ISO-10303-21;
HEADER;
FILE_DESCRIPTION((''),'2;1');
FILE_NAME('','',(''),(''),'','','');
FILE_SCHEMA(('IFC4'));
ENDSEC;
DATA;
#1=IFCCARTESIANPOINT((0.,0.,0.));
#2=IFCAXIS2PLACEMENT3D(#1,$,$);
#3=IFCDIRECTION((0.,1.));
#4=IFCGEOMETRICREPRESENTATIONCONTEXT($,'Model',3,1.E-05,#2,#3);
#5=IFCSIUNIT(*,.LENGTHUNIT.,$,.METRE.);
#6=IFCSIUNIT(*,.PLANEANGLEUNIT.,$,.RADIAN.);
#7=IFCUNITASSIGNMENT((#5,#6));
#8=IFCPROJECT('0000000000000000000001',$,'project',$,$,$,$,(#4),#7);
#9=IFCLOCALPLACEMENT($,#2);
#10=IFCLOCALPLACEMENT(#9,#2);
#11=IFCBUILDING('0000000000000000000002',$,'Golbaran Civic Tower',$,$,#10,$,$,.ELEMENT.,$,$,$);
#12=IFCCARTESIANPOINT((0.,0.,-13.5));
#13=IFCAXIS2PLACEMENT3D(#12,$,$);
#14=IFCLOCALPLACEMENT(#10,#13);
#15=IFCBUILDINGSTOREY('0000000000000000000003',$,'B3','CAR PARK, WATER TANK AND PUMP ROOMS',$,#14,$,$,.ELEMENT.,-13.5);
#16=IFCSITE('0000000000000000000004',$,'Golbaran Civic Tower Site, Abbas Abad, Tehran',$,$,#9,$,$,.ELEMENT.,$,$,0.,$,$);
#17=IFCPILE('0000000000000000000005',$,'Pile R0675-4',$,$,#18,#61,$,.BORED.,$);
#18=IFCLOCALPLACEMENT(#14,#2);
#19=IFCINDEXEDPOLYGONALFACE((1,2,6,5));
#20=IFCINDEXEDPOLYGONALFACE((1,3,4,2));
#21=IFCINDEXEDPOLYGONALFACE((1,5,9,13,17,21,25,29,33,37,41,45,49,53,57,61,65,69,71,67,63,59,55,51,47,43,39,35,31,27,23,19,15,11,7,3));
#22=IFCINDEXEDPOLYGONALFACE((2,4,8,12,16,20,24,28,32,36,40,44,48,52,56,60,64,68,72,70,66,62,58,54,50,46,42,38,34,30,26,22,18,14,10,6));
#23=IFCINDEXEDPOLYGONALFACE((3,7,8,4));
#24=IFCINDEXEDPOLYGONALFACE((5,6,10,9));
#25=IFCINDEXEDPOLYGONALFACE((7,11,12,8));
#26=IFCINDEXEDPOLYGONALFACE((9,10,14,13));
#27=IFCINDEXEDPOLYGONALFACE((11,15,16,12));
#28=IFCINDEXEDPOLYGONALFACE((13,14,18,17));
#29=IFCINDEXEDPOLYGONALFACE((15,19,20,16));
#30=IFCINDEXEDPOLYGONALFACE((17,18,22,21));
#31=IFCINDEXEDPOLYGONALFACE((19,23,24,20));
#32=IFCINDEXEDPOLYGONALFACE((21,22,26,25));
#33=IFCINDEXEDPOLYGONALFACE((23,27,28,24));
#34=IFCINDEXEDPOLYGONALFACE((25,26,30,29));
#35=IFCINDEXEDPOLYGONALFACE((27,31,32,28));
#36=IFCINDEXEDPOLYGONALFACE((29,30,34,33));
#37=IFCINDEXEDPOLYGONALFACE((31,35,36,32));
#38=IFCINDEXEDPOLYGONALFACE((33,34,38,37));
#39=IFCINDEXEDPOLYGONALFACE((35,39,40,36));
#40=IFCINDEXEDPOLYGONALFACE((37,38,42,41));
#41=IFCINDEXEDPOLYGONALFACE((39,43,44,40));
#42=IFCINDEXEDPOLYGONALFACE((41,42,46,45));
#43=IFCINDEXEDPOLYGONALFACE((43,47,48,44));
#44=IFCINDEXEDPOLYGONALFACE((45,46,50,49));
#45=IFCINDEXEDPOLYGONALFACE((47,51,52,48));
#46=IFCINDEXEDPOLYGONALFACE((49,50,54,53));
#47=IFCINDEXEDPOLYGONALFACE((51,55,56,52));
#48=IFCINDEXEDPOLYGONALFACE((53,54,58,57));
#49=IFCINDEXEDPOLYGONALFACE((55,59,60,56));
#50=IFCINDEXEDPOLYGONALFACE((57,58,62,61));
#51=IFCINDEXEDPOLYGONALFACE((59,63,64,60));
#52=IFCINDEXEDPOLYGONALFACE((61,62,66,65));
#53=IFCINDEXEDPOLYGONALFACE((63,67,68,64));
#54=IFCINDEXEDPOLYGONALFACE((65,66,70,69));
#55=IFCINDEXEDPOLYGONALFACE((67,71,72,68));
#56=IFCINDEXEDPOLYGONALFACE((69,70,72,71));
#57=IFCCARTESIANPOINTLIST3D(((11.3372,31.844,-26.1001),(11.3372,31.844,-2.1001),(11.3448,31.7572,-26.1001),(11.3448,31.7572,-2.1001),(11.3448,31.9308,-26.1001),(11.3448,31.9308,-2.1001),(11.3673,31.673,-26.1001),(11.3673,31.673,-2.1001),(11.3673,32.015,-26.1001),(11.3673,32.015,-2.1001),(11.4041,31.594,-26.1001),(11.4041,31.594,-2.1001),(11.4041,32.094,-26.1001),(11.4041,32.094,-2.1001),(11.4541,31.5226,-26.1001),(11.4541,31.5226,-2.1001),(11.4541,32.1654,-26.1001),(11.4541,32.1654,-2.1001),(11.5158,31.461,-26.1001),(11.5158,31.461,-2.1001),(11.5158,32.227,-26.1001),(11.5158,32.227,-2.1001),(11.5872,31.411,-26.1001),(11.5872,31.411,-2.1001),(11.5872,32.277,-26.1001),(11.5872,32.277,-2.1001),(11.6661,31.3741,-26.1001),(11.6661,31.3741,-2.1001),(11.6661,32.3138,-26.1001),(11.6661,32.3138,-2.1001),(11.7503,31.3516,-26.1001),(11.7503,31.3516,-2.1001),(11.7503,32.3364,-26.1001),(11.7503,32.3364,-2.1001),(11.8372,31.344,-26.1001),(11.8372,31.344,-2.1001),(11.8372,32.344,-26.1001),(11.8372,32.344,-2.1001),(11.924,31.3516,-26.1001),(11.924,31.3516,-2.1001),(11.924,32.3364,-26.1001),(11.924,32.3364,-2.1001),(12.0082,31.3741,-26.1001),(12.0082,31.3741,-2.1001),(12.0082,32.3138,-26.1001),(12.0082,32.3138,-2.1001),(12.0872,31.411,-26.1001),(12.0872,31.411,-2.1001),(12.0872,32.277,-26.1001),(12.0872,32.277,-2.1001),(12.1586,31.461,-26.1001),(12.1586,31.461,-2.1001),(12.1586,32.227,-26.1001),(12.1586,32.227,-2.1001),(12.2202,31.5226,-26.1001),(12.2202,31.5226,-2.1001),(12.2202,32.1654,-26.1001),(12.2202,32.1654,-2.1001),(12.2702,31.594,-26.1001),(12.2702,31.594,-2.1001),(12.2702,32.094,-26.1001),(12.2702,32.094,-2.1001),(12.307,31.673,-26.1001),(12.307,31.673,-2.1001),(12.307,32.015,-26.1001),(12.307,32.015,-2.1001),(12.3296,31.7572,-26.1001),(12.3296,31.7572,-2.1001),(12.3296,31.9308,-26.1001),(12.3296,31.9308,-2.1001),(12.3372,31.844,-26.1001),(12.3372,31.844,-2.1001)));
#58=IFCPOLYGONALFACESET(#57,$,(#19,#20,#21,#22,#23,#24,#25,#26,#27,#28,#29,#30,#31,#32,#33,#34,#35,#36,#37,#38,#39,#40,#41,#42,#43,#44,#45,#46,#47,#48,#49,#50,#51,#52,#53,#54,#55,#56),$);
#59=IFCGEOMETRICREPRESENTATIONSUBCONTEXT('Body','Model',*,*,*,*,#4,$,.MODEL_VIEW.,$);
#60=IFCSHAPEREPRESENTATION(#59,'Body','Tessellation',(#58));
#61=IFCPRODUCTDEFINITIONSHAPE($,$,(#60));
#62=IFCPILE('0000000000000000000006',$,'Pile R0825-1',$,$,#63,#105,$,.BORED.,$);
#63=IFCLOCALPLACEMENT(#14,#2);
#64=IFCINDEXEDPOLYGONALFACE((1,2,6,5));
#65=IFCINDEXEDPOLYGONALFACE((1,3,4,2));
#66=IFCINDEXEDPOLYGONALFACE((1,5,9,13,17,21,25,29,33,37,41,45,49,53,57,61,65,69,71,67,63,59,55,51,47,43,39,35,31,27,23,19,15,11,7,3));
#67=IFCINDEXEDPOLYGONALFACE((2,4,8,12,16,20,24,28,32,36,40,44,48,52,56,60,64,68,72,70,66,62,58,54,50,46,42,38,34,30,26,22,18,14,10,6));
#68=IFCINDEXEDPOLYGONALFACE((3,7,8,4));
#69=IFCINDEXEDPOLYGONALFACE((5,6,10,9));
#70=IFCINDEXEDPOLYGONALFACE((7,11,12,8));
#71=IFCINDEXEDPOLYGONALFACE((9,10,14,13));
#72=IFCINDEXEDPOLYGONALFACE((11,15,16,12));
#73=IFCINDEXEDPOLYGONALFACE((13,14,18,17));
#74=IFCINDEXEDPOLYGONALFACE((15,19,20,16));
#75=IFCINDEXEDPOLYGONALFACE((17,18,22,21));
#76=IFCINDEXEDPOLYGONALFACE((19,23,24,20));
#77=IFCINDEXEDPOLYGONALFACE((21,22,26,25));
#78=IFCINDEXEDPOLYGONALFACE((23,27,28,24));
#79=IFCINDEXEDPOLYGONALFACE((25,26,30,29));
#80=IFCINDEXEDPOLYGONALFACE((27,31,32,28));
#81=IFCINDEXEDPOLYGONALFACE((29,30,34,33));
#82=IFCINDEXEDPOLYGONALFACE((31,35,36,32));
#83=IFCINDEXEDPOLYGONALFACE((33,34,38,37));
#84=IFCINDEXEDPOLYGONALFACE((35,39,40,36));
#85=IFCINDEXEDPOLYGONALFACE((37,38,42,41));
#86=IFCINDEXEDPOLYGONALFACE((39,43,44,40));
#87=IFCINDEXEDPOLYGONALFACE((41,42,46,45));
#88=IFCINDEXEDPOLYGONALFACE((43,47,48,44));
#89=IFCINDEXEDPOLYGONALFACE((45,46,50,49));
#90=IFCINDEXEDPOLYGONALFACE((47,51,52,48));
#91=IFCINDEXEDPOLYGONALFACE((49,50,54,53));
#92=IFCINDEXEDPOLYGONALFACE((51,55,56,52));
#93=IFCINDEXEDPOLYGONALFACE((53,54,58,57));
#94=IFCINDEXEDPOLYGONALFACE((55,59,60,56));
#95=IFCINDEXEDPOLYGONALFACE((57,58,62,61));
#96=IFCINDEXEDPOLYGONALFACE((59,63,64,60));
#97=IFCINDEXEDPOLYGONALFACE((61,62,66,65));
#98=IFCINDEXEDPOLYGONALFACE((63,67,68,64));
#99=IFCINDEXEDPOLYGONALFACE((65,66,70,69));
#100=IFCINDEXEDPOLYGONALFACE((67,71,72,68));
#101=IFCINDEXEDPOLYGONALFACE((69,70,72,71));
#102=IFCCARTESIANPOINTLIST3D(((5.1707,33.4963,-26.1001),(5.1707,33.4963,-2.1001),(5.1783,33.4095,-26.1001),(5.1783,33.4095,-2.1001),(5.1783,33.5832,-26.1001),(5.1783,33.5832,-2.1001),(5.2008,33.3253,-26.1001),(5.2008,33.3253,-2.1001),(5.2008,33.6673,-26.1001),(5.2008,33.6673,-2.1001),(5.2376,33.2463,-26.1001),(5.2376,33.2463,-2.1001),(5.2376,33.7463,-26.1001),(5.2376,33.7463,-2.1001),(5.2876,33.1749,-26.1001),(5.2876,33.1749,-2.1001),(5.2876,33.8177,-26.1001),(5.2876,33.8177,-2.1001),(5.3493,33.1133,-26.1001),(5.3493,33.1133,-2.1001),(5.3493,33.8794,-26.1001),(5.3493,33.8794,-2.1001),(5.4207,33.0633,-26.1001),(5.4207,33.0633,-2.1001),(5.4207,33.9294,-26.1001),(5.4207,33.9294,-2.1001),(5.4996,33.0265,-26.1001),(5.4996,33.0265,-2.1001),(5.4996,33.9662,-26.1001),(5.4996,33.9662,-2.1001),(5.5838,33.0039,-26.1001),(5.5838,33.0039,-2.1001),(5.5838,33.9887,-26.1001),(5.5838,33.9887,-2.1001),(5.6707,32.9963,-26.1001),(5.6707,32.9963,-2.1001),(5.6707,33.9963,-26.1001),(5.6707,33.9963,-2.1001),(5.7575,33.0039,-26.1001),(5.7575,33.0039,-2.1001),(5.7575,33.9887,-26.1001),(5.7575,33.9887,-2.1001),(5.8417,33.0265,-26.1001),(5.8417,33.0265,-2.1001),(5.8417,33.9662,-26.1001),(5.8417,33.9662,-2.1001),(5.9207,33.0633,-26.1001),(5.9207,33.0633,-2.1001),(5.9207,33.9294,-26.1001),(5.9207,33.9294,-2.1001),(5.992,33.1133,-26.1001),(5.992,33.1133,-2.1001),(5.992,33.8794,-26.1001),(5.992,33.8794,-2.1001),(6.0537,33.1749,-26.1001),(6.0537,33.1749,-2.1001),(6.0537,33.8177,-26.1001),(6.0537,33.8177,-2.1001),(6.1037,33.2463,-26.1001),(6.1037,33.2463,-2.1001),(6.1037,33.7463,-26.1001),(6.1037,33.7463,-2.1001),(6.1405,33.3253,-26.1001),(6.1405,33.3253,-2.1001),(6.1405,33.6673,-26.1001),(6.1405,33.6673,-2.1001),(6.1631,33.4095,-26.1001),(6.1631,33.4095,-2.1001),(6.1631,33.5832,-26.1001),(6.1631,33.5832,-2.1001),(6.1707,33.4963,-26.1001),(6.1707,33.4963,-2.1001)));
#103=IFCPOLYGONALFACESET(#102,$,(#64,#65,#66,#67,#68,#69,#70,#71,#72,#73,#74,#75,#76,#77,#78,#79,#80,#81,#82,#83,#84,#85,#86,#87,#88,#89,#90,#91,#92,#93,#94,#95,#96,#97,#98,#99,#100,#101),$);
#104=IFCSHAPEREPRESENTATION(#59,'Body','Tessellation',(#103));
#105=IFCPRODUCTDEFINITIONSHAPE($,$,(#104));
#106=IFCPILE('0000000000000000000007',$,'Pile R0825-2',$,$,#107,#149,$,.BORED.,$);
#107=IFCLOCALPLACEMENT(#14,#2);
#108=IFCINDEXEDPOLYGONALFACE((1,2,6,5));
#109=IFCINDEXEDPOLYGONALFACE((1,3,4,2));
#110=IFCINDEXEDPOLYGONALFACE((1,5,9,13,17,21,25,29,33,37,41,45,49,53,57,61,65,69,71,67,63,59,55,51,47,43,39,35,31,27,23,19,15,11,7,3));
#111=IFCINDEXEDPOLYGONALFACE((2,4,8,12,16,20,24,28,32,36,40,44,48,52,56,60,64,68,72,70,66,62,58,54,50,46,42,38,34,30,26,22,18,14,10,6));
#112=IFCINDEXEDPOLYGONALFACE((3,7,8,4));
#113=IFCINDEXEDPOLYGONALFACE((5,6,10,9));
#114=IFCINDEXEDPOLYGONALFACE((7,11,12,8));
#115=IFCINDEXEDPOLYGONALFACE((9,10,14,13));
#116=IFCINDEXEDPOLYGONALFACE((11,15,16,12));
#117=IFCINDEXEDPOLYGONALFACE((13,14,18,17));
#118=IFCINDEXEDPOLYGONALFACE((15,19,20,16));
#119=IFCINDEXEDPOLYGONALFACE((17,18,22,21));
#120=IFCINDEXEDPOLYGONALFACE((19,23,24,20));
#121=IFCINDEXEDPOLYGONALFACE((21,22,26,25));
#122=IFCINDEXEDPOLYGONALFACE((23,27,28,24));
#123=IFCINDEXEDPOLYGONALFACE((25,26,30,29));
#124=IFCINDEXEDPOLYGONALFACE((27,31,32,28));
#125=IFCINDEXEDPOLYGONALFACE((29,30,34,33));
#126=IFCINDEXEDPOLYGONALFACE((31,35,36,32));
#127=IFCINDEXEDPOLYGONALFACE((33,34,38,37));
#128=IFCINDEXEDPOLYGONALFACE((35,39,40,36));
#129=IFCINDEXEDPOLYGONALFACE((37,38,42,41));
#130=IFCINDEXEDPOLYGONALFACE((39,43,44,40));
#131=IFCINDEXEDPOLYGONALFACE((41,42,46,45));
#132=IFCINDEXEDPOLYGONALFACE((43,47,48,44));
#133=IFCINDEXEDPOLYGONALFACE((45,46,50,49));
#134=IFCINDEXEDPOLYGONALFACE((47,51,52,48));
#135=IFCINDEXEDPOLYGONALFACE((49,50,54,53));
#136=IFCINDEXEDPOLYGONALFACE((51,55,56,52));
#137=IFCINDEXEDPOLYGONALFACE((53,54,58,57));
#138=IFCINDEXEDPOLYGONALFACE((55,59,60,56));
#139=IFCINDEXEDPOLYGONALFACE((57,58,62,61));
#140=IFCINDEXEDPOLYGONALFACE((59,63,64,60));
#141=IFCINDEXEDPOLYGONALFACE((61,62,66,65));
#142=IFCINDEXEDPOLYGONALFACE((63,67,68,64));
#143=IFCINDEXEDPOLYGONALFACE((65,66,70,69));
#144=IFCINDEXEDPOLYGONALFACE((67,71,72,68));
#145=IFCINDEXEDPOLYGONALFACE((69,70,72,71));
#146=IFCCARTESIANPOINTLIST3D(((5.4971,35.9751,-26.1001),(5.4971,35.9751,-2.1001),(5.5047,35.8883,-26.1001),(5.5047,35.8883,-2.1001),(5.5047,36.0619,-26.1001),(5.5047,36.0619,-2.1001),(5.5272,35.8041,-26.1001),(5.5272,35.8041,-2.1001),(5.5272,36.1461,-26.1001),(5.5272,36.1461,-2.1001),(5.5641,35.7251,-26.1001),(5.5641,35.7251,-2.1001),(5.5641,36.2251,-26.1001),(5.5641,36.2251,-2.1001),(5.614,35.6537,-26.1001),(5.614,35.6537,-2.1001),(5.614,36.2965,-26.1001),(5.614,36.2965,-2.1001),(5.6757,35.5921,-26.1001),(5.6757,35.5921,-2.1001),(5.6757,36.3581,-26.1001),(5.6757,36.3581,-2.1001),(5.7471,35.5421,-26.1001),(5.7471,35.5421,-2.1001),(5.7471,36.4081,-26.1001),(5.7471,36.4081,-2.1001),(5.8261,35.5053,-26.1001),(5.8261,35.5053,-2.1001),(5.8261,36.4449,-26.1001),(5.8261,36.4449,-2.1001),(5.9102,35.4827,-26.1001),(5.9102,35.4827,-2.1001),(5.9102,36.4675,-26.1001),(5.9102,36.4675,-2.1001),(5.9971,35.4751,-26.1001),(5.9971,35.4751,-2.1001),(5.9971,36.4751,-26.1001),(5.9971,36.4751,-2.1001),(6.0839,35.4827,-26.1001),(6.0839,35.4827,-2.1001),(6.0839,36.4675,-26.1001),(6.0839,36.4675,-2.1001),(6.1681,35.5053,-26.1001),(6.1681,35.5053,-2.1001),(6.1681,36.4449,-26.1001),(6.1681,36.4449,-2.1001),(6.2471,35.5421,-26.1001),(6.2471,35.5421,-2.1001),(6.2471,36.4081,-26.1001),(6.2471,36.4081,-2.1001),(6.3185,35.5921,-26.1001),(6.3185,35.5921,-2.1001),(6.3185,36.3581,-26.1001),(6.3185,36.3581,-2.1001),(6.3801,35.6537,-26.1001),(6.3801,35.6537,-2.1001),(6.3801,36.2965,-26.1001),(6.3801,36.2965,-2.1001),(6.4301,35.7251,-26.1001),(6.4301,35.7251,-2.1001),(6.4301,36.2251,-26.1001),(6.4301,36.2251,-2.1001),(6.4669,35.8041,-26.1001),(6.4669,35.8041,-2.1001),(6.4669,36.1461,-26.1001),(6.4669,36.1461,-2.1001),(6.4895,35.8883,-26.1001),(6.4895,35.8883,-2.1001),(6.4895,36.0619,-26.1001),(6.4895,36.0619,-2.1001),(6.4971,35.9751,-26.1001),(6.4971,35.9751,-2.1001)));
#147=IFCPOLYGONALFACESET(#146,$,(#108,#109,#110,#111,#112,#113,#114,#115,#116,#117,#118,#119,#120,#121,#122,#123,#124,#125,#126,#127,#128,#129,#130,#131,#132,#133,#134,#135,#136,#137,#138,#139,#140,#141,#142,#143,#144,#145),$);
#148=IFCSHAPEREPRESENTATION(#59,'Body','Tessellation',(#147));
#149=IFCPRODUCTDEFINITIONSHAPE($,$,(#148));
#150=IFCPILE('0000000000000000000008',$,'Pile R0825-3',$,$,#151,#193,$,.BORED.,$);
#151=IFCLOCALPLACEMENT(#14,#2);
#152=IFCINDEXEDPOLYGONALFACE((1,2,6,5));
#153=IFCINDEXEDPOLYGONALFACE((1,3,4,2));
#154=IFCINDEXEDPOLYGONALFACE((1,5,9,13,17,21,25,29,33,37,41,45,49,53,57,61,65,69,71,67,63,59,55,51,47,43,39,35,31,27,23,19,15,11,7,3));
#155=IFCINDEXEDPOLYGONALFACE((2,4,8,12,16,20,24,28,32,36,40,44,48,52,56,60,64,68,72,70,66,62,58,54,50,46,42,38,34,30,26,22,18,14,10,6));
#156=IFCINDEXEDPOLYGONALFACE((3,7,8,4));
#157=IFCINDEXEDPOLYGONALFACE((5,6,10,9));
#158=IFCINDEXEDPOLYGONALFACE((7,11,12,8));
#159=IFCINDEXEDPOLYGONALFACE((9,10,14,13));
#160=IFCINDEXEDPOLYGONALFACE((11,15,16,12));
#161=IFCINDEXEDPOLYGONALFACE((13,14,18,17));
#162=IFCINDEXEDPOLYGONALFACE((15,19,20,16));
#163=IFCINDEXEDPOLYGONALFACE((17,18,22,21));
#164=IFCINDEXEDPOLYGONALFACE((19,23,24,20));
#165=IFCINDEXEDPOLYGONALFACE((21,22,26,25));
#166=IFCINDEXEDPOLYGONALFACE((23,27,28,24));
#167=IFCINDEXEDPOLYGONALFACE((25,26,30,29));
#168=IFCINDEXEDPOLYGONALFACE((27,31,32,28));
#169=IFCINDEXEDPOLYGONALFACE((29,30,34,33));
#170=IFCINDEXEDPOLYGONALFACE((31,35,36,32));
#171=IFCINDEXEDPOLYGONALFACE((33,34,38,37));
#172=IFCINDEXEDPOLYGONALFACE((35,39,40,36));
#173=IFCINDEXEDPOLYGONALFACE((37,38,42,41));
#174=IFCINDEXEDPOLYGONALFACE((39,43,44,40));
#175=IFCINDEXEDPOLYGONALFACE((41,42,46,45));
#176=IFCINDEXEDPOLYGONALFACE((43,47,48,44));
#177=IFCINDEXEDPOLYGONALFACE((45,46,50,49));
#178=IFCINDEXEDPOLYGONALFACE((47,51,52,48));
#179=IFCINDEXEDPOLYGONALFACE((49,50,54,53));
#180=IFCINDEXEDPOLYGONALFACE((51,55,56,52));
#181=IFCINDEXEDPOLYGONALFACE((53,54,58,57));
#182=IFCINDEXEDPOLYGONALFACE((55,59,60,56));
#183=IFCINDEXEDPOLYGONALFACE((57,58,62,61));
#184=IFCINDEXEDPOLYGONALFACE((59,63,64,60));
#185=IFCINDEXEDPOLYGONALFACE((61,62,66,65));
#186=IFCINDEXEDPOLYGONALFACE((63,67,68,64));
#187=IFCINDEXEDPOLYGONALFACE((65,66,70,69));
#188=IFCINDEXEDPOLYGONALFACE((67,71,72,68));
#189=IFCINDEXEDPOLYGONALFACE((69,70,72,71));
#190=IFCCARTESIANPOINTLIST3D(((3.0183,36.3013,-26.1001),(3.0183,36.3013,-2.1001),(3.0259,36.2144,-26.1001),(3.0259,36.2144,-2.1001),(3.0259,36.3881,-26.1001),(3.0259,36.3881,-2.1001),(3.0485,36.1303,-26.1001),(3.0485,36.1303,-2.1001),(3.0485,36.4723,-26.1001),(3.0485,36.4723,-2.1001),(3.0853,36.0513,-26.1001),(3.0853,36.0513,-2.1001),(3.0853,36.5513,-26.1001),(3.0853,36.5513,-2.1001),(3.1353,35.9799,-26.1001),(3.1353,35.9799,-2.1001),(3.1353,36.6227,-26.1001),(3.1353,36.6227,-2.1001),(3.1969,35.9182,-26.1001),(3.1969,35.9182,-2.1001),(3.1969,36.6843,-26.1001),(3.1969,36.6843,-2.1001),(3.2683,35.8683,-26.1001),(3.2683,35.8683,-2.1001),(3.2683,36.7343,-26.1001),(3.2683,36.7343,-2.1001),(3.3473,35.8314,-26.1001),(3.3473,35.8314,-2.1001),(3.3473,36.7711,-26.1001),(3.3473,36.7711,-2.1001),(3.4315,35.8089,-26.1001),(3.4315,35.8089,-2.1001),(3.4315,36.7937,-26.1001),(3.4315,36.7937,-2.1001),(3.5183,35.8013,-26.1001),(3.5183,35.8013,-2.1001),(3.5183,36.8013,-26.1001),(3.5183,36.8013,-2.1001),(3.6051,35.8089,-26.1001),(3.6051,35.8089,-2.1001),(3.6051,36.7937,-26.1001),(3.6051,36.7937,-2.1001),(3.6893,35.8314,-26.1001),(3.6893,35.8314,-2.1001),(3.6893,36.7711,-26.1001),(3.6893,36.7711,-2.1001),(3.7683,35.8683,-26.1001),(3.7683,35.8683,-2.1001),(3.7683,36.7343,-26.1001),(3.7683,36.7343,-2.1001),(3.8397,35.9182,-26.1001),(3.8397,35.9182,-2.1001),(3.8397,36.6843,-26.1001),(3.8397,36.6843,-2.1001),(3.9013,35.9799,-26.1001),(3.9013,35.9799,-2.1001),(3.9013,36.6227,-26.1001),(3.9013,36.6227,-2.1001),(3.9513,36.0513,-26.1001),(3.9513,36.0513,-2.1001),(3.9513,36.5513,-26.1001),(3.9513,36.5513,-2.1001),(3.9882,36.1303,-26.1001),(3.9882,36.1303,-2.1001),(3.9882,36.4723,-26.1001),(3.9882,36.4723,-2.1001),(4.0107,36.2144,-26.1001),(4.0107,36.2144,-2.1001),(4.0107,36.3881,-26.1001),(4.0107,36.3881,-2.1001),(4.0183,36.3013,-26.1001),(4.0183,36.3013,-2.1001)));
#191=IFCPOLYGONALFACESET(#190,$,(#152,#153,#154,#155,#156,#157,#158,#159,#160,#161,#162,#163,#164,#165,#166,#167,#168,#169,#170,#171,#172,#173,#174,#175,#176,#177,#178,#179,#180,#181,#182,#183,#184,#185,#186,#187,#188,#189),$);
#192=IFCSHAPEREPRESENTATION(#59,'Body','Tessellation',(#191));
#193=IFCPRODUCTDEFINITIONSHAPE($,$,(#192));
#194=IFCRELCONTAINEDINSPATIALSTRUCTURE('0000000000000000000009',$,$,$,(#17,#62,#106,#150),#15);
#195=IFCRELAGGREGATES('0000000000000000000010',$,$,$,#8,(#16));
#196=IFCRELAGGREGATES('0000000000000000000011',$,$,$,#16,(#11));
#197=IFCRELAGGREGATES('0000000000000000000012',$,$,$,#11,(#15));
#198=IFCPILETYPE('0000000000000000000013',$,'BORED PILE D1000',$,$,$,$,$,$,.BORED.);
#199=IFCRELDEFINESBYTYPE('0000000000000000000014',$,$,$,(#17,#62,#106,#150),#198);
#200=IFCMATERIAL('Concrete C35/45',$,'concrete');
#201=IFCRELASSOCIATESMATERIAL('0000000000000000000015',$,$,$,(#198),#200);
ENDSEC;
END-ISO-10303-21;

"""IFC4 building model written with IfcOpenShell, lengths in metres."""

from ifc_helpers import new_model, si_unit, direction, frame, origin, origin_2d, place, context, subcontext, project, spatial, circle, extrude, material, material_profile, profile_set, type_object, element, save


model = new_model("IFC4")

# Units and contexts
model_context = context("Model", 3, precision=1e-05, world=origin(), true_north=direction((0.0, 1.0)))
body_context = subcontext(model_context, "Body", "Model", "MODEL_VIEW")
ifc_project = project(units=[si_unit("LENGTHUNIT", "METRE"), si_unit("PLANEANGLEUNIT", "RADIAN")], contexts=[model_context])

# Site, building, storey
site_placement = place(None, origin())
site = spatial("IfcSite", under=ifc_project, at=site_placement, Name="Golbaran Civic Tower Site, Abbas Abad, Tehran", CompositionType="ELEMENT", RefElevation=0.0)
building_placement = place(site_placement, origin())
building = spatial("IfcBuilding", under=site, at=building_placement, Name="Golbaran Civic Tower", CompositionType="ELEMENT")
storey_placement = place(building_placement, frame((0.0, 0.0, -13.5)))
storey = spatial("IfcBuildingStorey", under=building, at=storey_placement, Name="B3", Description="CAR PARK, WATER TANK AND PUMP ROOMS", CompositionType="ELEMENT", Elevation=-13.5)

# Piles
ifc_material_1 = material(Name="Concrete C35/45", Category="concrete")
ifc_material_profile_1 = material_profile(ifc_material_1, circle(Radius=0.5, at=origin_2d()), Name="BORED PILE D1000")
ifc_profile_set_1 = profile_set([ifc_material_profile_1], Name="Concrete C35/45")
pile_type_1 = type_object("IfcPileType", Name="BORED PILE D1000", PredefinedType="BORED", material=ifc_profile_set_1)
for number, where, z_axis, x_axis, name in (
    (1, (11.8372, 31.844, -2.1001), (0.0, 0.0, -1.0), (1.0, 0.0, 0.0), "Pile R0675-4"),
    (2, (5.6707, 33.4963, -2.1001), (0.0, 0.0, -1.0), (1.0, 0.0, 0.0), "Pile R0825-1"),
    (3, (5.9971, 35.9751, -2.1001), (0.0, 0.0, -1.0), (1.0, 0.0, 0.0), "Pile R0825-2"),
    (4, (3.5183, 36.3013, -2.1001), (0.0, 0.0, -1.0), (1.0, 0.0, 0.0), "Pile R0825-3"),
):
    element("IfcPile", number, at=place(storey_placement, frame(where, z_axis=z_axis, x_axis=x_axis)), inside=storey, type_object=pile_type_1, Name=name, PredefinedType="BORED", context=body_context, shape_type="SweptSolid", body=[
        extrude(circle(Radius=0.5, at=origin_2d()), origin(), (0.0, 0.0, 1.0), 24.0),
    ])

save(model, "model.ifc")
